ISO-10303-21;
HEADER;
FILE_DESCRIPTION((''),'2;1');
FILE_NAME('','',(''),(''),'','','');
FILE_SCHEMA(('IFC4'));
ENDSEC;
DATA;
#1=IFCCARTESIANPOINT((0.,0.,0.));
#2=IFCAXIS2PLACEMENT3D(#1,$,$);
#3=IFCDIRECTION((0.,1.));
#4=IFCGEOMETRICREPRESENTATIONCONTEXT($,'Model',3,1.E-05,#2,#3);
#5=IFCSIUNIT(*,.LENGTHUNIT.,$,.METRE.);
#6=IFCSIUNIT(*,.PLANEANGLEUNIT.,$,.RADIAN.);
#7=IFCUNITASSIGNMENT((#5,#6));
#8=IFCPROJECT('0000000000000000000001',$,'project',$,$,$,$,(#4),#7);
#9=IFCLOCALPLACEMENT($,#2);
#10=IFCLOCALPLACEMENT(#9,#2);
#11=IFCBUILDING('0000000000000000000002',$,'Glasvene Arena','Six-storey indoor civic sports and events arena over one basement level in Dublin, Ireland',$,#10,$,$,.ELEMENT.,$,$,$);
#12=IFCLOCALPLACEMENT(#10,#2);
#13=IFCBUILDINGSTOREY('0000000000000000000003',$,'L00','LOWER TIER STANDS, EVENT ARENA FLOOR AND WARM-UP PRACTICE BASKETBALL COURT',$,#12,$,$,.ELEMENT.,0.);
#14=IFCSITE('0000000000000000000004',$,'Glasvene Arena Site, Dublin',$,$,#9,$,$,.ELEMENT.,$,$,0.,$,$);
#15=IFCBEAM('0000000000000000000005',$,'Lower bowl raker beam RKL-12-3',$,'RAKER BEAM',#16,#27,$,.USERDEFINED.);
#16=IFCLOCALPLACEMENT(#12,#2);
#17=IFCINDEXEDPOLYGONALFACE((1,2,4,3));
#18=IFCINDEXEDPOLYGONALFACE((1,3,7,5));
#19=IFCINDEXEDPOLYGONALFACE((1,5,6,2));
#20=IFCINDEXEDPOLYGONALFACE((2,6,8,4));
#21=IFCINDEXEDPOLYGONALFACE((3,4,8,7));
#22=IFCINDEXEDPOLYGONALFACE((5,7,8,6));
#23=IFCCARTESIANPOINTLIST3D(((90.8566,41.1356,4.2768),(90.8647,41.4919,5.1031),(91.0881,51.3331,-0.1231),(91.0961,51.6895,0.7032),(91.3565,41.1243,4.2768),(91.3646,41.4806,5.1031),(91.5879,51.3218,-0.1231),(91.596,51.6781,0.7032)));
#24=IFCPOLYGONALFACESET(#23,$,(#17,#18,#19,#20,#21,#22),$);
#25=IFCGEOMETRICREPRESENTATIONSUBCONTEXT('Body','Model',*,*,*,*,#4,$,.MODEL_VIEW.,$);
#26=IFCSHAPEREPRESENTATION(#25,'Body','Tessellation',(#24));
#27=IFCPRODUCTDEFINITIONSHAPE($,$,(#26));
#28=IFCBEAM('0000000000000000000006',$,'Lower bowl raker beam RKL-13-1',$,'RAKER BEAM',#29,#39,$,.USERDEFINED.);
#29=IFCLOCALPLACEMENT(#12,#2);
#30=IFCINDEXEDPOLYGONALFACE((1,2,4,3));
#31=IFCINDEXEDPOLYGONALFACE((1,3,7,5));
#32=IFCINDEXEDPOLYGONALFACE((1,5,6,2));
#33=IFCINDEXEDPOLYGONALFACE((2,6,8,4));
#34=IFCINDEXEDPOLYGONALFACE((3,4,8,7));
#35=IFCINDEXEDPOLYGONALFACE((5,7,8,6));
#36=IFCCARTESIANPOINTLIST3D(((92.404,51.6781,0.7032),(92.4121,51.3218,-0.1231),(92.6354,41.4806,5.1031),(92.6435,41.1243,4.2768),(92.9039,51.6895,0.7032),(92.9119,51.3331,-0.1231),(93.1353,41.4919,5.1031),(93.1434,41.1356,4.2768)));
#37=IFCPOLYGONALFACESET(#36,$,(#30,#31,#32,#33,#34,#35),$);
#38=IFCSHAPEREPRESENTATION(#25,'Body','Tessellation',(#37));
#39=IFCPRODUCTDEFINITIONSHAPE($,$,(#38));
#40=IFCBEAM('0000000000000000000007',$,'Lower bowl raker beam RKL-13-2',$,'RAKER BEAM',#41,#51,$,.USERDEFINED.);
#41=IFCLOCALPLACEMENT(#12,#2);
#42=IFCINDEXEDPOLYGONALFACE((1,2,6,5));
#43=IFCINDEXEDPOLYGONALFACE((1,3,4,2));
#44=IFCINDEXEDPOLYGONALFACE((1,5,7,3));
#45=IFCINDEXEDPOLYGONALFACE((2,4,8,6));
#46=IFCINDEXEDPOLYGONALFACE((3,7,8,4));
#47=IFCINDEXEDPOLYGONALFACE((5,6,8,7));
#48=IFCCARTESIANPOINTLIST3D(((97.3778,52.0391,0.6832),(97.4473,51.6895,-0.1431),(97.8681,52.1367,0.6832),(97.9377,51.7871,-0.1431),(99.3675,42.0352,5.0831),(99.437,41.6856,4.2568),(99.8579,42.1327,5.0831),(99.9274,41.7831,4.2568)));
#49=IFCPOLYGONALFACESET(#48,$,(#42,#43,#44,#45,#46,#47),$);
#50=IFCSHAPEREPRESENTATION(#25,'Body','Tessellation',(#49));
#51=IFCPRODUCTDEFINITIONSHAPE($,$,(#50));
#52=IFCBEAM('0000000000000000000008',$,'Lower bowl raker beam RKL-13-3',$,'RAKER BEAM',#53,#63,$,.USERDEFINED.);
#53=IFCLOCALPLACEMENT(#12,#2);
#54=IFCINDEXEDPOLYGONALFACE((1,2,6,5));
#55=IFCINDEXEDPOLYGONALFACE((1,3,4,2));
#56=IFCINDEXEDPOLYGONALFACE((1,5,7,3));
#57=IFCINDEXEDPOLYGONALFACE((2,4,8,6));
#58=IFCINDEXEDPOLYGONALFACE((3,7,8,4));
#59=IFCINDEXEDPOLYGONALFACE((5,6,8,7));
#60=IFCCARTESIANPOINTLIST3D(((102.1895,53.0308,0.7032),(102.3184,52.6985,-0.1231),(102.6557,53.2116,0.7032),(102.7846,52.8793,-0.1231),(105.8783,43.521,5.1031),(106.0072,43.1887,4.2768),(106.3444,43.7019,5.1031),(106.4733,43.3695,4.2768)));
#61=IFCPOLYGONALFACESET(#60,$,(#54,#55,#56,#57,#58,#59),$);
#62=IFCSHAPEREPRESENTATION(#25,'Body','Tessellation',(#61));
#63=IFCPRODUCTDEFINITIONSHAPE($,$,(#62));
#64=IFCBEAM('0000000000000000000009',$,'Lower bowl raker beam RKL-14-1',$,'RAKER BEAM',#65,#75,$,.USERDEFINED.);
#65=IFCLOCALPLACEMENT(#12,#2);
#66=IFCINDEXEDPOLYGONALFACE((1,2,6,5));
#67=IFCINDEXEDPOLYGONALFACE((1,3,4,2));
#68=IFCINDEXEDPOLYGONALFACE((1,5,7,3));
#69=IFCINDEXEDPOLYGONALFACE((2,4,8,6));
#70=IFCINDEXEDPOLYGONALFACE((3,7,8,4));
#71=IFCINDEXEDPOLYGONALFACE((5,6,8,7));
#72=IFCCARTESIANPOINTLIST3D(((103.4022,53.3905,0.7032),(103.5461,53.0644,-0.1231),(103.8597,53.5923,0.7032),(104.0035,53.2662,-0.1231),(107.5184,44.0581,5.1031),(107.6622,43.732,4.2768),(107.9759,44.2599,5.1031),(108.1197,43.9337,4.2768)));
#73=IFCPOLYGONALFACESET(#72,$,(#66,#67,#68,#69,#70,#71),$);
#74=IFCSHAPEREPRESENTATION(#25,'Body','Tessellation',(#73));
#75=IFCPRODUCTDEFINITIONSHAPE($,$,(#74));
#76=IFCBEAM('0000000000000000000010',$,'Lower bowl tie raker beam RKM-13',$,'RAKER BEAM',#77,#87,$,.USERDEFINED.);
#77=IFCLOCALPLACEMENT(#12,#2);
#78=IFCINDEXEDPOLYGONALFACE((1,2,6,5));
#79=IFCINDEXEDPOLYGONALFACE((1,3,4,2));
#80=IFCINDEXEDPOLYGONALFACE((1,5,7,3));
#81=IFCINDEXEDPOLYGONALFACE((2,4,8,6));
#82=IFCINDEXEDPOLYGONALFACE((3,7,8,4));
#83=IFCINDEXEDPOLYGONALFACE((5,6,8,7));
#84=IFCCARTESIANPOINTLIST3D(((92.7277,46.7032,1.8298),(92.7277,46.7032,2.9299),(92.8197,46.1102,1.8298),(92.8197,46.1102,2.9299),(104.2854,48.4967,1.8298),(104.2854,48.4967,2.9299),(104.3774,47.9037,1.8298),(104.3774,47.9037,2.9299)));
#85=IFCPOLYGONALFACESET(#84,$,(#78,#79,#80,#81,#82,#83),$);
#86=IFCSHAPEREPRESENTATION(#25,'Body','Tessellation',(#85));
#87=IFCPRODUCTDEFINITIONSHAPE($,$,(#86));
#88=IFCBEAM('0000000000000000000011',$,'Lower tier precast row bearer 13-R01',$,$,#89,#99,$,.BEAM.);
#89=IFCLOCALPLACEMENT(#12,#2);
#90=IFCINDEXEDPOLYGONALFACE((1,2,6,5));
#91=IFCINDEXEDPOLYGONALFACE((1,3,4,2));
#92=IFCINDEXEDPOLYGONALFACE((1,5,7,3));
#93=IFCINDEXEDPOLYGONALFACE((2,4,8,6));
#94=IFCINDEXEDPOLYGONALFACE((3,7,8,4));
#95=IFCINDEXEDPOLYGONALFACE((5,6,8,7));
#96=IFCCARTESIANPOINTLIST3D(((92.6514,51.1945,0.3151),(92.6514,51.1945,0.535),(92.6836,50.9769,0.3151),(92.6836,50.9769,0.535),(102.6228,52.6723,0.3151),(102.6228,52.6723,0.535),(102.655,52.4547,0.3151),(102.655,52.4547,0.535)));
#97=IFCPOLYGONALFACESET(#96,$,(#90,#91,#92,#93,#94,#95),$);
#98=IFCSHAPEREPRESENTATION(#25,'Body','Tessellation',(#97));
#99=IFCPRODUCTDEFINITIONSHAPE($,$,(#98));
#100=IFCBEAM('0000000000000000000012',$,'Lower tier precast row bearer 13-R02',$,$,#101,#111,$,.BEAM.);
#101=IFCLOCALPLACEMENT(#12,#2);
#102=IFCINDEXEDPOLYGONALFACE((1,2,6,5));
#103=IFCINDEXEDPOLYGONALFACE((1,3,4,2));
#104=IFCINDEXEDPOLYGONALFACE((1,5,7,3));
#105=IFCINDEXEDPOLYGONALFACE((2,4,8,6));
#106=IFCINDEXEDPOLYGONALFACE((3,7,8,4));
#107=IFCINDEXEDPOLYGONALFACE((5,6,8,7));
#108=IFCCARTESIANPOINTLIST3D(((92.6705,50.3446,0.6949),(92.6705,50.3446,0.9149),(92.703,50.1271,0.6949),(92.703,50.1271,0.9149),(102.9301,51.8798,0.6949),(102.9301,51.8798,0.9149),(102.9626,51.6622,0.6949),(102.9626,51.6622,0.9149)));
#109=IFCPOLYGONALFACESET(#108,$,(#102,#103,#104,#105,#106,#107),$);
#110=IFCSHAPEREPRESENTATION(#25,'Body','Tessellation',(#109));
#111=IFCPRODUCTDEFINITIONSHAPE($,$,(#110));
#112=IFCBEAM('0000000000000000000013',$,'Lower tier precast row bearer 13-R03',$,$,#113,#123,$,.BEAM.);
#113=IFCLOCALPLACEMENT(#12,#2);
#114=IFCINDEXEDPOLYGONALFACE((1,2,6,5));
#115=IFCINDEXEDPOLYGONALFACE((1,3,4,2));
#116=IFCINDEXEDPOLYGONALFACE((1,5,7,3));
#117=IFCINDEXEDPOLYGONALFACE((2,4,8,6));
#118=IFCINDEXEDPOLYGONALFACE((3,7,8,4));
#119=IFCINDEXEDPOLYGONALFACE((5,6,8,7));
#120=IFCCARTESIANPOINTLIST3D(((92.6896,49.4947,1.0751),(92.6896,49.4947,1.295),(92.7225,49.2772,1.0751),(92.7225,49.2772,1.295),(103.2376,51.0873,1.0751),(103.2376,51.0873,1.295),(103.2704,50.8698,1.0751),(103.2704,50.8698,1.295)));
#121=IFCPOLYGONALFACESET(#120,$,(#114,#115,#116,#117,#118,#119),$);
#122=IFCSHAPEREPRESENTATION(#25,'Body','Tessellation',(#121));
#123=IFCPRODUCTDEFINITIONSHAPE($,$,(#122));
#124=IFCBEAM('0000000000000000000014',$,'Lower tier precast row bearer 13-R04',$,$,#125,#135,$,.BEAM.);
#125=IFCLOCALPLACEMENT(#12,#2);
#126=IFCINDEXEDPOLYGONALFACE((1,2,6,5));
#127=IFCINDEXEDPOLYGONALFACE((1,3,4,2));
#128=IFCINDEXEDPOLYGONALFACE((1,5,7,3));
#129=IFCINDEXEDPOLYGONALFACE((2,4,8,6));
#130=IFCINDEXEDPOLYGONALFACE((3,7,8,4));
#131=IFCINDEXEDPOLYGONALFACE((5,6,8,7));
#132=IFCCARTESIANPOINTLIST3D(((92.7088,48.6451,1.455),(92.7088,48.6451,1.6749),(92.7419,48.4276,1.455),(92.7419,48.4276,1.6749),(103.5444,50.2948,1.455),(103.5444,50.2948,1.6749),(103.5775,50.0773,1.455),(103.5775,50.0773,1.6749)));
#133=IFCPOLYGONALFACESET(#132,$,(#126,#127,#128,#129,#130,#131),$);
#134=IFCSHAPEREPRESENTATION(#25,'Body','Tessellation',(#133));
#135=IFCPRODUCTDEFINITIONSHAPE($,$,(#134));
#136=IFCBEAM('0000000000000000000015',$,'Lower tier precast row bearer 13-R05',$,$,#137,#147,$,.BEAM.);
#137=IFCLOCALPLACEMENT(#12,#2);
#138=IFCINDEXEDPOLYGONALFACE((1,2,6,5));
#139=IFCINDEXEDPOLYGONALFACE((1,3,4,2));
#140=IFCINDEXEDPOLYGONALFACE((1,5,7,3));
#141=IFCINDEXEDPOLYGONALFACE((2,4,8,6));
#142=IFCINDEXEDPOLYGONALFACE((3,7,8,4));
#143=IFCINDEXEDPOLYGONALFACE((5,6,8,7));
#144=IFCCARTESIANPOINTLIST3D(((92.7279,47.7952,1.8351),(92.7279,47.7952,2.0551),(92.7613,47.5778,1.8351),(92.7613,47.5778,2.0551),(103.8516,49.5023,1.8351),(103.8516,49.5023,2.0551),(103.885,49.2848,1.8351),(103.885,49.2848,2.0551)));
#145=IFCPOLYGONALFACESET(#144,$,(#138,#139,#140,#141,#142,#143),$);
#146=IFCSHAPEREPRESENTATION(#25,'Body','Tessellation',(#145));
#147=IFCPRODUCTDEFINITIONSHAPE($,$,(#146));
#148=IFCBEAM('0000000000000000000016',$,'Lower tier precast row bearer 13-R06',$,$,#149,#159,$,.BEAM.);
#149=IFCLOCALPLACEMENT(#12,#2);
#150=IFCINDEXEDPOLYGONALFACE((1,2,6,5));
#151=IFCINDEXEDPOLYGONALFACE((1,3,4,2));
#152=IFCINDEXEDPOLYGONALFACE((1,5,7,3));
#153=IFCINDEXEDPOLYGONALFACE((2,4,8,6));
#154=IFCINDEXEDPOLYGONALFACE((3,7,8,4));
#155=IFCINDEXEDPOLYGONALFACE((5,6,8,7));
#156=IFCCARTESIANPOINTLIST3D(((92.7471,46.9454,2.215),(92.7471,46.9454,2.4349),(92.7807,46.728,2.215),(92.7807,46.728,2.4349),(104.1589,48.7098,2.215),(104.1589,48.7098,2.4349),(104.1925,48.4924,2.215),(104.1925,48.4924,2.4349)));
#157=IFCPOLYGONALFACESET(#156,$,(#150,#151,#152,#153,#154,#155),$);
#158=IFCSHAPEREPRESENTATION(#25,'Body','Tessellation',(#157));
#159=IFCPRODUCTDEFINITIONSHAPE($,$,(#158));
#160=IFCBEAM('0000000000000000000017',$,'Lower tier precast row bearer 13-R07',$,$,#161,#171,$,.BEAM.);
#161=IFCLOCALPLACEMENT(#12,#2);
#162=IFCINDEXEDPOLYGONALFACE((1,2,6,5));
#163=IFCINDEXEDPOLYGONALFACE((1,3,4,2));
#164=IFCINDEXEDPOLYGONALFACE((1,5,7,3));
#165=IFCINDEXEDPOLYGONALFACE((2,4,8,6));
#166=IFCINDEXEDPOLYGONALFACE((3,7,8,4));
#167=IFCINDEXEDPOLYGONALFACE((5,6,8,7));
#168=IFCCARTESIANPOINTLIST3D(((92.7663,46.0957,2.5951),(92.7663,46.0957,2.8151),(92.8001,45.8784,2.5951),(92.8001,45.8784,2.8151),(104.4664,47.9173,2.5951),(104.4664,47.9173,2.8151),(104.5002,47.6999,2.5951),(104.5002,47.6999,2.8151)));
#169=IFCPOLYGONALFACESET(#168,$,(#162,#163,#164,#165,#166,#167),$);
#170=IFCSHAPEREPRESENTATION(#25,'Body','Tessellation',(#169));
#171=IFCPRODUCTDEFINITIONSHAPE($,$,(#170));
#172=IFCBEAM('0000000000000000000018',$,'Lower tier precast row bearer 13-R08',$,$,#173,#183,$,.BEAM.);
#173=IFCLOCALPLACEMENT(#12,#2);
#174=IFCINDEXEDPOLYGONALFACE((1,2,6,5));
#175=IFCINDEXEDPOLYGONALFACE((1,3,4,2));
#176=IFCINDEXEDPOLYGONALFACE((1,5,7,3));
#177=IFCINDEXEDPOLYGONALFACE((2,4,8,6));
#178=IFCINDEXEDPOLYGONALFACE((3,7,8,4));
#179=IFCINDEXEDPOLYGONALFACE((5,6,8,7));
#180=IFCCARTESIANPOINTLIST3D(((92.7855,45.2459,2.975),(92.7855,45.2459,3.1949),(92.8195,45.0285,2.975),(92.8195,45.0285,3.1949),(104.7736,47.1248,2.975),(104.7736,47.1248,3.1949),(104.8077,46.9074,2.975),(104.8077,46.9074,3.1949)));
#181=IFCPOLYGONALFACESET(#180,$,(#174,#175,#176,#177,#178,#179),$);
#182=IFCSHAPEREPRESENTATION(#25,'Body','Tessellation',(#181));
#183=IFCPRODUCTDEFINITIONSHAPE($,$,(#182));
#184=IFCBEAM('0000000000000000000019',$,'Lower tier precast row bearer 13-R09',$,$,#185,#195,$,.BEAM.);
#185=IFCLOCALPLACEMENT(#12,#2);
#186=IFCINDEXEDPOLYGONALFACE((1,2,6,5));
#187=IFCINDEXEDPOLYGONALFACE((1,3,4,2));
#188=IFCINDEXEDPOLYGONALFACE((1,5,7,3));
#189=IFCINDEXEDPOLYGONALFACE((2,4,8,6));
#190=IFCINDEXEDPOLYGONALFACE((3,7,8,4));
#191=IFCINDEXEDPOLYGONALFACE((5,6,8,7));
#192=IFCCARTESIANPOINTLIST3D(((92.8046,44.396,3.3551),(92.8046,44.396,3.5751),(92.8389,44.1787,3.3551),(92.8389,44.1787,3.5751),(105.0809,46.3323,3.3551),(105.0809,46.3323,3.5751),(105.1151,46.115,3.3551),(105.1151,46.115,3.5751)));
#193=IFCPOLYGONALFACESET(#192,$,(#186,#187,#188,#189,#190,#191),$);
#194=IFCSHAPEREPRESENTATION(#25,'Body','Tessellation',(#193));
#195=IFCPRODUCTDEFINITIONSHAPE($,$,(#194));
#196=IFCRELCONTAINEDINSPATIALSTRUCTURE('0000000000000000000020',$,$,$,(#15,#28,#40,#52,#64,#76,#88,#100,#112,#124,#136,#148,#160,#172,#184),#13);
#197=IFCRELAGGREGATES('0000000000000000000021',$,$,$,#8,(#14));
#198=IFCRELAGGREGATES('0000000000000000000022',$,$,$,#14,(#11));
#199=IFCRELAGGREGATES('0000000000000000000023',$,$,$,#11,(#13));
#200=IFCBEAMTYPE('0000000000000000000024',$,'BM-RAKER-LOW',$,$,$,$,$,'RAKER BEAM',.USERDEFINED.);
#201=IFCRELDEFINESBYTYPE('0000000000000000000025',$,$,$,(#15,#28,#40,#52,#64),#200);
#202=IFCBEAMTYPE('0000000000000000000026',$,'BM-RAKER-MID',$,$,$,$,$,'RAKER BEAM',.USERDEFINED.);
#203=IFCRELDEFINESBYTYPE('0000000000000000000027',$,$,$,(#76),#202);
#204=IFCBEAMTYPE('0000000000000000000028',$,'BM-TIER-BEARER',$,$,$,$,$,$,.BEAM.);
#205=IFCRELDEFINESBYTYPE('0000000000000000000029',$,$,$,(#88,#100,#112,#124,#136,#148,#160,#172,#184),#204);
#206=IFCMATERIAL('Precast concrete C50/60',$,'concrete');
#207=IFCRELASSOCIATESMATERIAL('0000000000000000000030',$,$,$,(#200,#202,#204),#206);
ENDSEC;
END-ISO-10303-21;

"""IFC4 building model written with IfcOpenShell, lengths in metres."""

from ifc_helpers import new_model, si_unit, direction, frame, origin, origin_2d, place, context, subcontext, project, spatial, rectangle, extrude, material, material_profile, profile_set, type_object, element, save


model = new_model("IFC4")

# Units and contexts
model_context = context("Model", 3, precision=1e-05, world=origin(), true_north=direction((0.0, 1.0)))
body_context = subcontext(model_context, "Body", "Model", "MODEL_VIEW")
ifc_project = project(units=[si_unit("LENGTHUNIT", "METRE"), si_unit("PLANEANGLEUNIT", "RADIAN")], contexts=[model_context])

# Site, building, storey
site_placement = place(None, origin())
site = spatial("IfcSite", under=ifc_project, at=site_placement, Name="Glasvene Arena Site, Dublin", CompositionType="ELEMENT", RefElevation=0.0)
building_placement = place(site_placement, origin())
building = spatial("IfcBuilding", under=site, at=building_placement, Name="Glasvene Arena", Description="Six-storey indoor civic sports and events arena over one basement level in Dublin, Ireland", CompositionType="ELEMENT")
storey_placement = place(building_placement, origin())
storey = spatial("IfcBuildingStorey", under=building, at=storey_placement, Name="L00", Description="LOWER TIER STANDS, EVENT ARENA FLOOR AND WARM-UP PRACTICE BASKETBALL COURT", CompositionType="ELEMENT", Elevation=0.0)

# Beams
ifc_material_1 = material(Name="Precast concrete C50/60", Category="concrete")
ifc_material_profile_1 = material_profile(ifc_material_1, rectangle(XDim=0.5, YDim=0.8999, at=origin_2d()), Name="RC 500x900")
ifc_profile_set_1 = profile_set([ifc_material_profile_1], Name="Precast concrete C50/60")
beam_type_1 = type_object("IfcBeamType", Name="BM-RAKER-LOW", ElementType="RAKER BEAM", PredefinedType="USERDEFINED", material=ifc_profile_set_1)
for number, where, z_axis, x_axis, name in (
    (1, (91.342, 51.5056, 0.29), (-0.020835, -0.91798, 0.396079), (0.999743, -0.02269, 0.0), "Lower bowl raker beam RKL-12-3"),
    (2, (92.658, 51.5056, 0.29), (0.020835, -0.91798, 0.396079), (0.999743, 0.02269, 0.0), "Lower bowl raker beam RKL-13-1"),
):
    element("IfcBeam", number, at=place(storey_placement, frame(where, z_axis=z_axis, x_axis=x_axis)), inside=storey, type_object=beam_type_1, Name=name, ObjectType="RAKER BEAM", PredefinedType="USERDEFINED", context=body_context, shape_type="SweptSolid", body=[
        extrude(rectangle(XDim=0.5, YDim=0.8999, at=origin_2d()), origin(), (0.0, 0.0, 1.0), 11.1086),
    ])
beam_1_placement = place(storey_placement, frame((97.6577, 51.9131, 0.27), z_axis=(0.179121, -0.900572, 0.396088), x_axis=(0.980788, 0.195076, 0.0)))
element("IfcBeam", 3, at=beam_1_placement, inside=storey, type_object=beam_type_1, Name="Lower bowl raker beam RKL-13-2", ObjectType="RAKER BEAM", PredefinedType="USERDEFINED", context=body_context, shape_type="SweptSolid", body=[
    extrude(rectangle(XDim=0.5, YDim=0.8999, at=origin_2d()), origin(), (0.0, 0.0, 1.0), 11.1084),
])
beam_2_placement = place(storey_placement, frame((102.4871, 52.9551, 0.29), z_axis=(0.332059, -0.856071, 0.39608), x_axis=(0.93232, 0.361635, 0.0)))
element("IfcBeam", 4, at=beam_2_placement, inside=storey, type_object=beam_type_1, Name="Lower bowl raker beam RKL-13-3", ObjectType="RAKER BEAM", PredefinedType="USERDEFINED", context=body_context, shape_type="SweptSolid", body=[
    extrude(rectangle(XDim=0.5, YDim=0.8999, at=origin_2d()), origin(), (0.0, 0.0, 1.0), 11.1086),
])
beam_3_placement = place(storey_placement, frame((103.7029, 53.3284, 0.29), z_axis=(0.370547, -0.840126, 0.396085), x_axis=(0.914957, 0.403552, 0.0)))
element("IfcBeam", 5, at=beam_3_placement, inside=storey, type_object=beam_type_1, Name="Lower bowl raker beam RKL-14-1", ObjectType="RAKER BEAM", PredefinedType="USERDEFINED", context=body_context, shape_type="SweptSolid", body=[
    extrude(rectangle(XDim=0.5, YDim=0.8999, at=origin_2d()), origin(), (0.0, 0.0, 1.0), 11.1084),
])
ifc_material_profile_2 = material_profile(ifc_material_1, rectangle(XDim=0.6001, YDim=1.1001, at=origin_2d()), Name="RC 600x1100")
ifc_profile_set_2 = profile_set([ifc_material_profile_2], Name="Precast concrete C50/60")
beam_type_2 = type_object("IfcBeamType", Name="BM-RAKER-MID", ElementType="RAKER BEAM", PredefinedType="USERDEFINED", material=ifc_profile_set_2)
beam_4_placement = place(storey_placement, frame((92.7737, 46.4067, 2.3799), z_axis=(0.988173, 0.15334, 0.0), x_axis=(-0.15334, 0.988173, 0.0)))
element("IfcBeam", 6, at=beam_4_placement, inside=storey, type_object=beam_type_2, Name="Lower bowl tie raker beam RKM-13", ObjectType="RAKER BEAM", PredefinedType="USERDEFINED", context=body_context, shape_type="SweptSolid", body=[
    extrude(rectangle(XDim=0.6001, YDim=1.1001, at=origin_2d()), origin(), (0.0, 0.0, 1.0), 11.696),
])
ifc_material_profile_3 = material_profile(ifc_material_1, rectangle(XDim=0.22, YDim=0.22, at=origin_2d()), Name="RC 220x220")
ifc_profile_set_3 = profile_set([ifc_material_profile_3], Name="Precast concrete C50/60")
beam_type_3 = type_object("IfcBeamType", Name="BM-TIER-BEARER", PredefinedType="BEAM", material=ifc_profile_set_3)
beam_5_placement = place(storey_placement, frame((92.6675, 51.0857, 0.425), z_axis=(0.989196, 0.1466, 0.0), x_axis=(-0.1466, 0.989196, 0.0)))
element("IfcBeam", 7, at=beam_5_placement, inside=storey, type_object=beam_type_3, Name="Lower tier precast row bearer 13-R01", PredefinedType="BEAM", context=body_context, shape_type="SweptSolid", body=[
    extrude(rectangle(XDim=0.22, YDim=0.22, at=origin_2d()), origin(), (0.0, 0.0, 1.0), 10.0803),
])
beam_6_placement = place(storey_placement, frame((92.6868, 50.2358, 0.8049), z_axis=(0.98899, 0.147985, 0.0), x_axis=(-0.147985, 0.98899, 0.0)))
element("IfcBeam", 8, at=beam_6_placement, inside=storey, type_object=beam_type_3, Name="Lower tier precast row bearer 13-R02", PredefinedType="BEAM", context=body_context, shape_type="SweptSolid", body=[
    extrude(rectangle(XDim=0.22, YDim=0.22, at=origin_2d()), origin(), (0.0, 0.0, 1.0), 10.3738),
])
beam_7_placement = place(storey_placement, frame((92.7061, 49.386, 1.1851), z_axis=(0.988794, 0.149289, 0.0), x_axis=(-0.149289, 0.988794, 0.0)))
element("IfcBeam", 9, at=beam_7_placement, inside=storey, type_object=beam_type_3, Name="Lower tier precast row bearer 13-R03", PredefinedType="BEAM", context=body_context, shape_type="SweptSolid", body=[
    extrude(rectangle(XDim=0.22, YDim=0.22, at=origin_2d()), origin(), (0.0, 0.0, 1.0), 10.6675),
])
beam_8_placement = place(storey_placement, frame((92.7253, 48.5364, 1.5649), z_axis=(0.988609, 0.150509, 0.0), x_axis=(-0.150509, 0.988609, 0.0)))
element("IfcBeam", 10, at=beam_8_placement, inside=storey, type_object=beam_type_3, Name="Lower tier precast row bearer 13-R04", PredefinedType="BEAM", context=body_context, shape_type="SweptSolid", body=[
    extrude(rectangle(XDim=0.22, YDim=0.22, at=origin_2d()), origin(), (0.0, 0.0, 1.0), 10.9604),
])
beam_9_placement = place(storey_placement, frame((92.7446, 47.6865, 1.9451), z_axis=(0.988429, 0.151682, 0.0), x_axis=(-0.151682, 0.988429, 0.0)))
element("IfcBeam", 11, at=beam_9_placement, inside=storey, type_object=beam_type_3, Name="Lower tier precast row bearer 13-R05", PredefinedType="BEAM", context=body_context, shape_type="SweptSolid", body=[
    extrude(rectangle(XDim=0.22, YDim=0.22, at=origin_2d()), origin(), (0.0, 0.0, 1.0), 11.2539),
])
beam_10_placement = place(storey_placement, frame((92.7639, 46.8367, 2.325), z_axis=(0.988258, 0.152796, 0.0), x_axis=(-0.152796, 0.988258, 0.0)))
element("IfcBeam", 12, at=beam_10_placement, inside=storey, type_object=beam_type_3, Name="Lower tier precast row bearer 13-R06", PredefinedType="BEAM", context=body_context, shape_type="SweptSolid", body=[
    extrude(rectangle(XDim=0.22, YDim=0.22, at=origin_2d()), origin(), (0.0, 0.0, 1.0), 11.5474),
])
beam_11_placement = place(storey_placement, frame((92.7832, 45.9871, 2.7051), z_axis=(0.988097, 0.153831, 0.0), x_axis=(-0.153831, 0.988097, 0.0)))
element("IfcBeam", 13, at=beam_11_placement, inside=storey, type_object=beam_type_3, Name="Lower tier precast row bearer 13-R07", PredefinedType="BEAM", context=body_context, shape_type="SweptSolid", body=[
    extrude(rectangle(XDim=0.22, YDim=0.22, at=origin_2d()), origin(), (0.0, 0.0, 1.0), 11.8411),
])
beam_12_placement = place(storey_placement, frame((92.8025, 45.1372, 3.085), z_axis=(0.98794, 0.154838, 0.0), x_axis=(-0.154838, 0.98794, 0.0)))
element("IfcBeam", 14, at=beam_12_placement, inside=storey, type_object=beam_type_3, Name="Lower tier precast row bearer 13-R08", PredefinedType="BEAM", context=body_context, shape_type="SweptSolid", body=[
    extrude(rectangle(XDim=0.22, YDim=0.22, at=origin_2d()), origin(), (0.0, 0.0, 1.0), 12.1345),
])
beam_13_placement = place(storey_placement, frame((92.8218, 44.2874, 3.4651), z_axis=(0.987788, 0.155801, 0.0), x_axis=(-0.155801, 0.987788, 0.0)))
element("IfcBeam", 15, at=beam_13_placement, inside=storey, type_object=beam_type_3, Name="Lower tier precast row bearer 13-R09", PredefinedType="BEAM", context=body_context, shape_type="SweptSolid", body=[
    extrude(rectangle(XDim=0.22, YDim=0.22, at=origin_2d()), origin(), (0.0, 0.0, 1.0), 12.428),
])

save(model, "model.ifc")
